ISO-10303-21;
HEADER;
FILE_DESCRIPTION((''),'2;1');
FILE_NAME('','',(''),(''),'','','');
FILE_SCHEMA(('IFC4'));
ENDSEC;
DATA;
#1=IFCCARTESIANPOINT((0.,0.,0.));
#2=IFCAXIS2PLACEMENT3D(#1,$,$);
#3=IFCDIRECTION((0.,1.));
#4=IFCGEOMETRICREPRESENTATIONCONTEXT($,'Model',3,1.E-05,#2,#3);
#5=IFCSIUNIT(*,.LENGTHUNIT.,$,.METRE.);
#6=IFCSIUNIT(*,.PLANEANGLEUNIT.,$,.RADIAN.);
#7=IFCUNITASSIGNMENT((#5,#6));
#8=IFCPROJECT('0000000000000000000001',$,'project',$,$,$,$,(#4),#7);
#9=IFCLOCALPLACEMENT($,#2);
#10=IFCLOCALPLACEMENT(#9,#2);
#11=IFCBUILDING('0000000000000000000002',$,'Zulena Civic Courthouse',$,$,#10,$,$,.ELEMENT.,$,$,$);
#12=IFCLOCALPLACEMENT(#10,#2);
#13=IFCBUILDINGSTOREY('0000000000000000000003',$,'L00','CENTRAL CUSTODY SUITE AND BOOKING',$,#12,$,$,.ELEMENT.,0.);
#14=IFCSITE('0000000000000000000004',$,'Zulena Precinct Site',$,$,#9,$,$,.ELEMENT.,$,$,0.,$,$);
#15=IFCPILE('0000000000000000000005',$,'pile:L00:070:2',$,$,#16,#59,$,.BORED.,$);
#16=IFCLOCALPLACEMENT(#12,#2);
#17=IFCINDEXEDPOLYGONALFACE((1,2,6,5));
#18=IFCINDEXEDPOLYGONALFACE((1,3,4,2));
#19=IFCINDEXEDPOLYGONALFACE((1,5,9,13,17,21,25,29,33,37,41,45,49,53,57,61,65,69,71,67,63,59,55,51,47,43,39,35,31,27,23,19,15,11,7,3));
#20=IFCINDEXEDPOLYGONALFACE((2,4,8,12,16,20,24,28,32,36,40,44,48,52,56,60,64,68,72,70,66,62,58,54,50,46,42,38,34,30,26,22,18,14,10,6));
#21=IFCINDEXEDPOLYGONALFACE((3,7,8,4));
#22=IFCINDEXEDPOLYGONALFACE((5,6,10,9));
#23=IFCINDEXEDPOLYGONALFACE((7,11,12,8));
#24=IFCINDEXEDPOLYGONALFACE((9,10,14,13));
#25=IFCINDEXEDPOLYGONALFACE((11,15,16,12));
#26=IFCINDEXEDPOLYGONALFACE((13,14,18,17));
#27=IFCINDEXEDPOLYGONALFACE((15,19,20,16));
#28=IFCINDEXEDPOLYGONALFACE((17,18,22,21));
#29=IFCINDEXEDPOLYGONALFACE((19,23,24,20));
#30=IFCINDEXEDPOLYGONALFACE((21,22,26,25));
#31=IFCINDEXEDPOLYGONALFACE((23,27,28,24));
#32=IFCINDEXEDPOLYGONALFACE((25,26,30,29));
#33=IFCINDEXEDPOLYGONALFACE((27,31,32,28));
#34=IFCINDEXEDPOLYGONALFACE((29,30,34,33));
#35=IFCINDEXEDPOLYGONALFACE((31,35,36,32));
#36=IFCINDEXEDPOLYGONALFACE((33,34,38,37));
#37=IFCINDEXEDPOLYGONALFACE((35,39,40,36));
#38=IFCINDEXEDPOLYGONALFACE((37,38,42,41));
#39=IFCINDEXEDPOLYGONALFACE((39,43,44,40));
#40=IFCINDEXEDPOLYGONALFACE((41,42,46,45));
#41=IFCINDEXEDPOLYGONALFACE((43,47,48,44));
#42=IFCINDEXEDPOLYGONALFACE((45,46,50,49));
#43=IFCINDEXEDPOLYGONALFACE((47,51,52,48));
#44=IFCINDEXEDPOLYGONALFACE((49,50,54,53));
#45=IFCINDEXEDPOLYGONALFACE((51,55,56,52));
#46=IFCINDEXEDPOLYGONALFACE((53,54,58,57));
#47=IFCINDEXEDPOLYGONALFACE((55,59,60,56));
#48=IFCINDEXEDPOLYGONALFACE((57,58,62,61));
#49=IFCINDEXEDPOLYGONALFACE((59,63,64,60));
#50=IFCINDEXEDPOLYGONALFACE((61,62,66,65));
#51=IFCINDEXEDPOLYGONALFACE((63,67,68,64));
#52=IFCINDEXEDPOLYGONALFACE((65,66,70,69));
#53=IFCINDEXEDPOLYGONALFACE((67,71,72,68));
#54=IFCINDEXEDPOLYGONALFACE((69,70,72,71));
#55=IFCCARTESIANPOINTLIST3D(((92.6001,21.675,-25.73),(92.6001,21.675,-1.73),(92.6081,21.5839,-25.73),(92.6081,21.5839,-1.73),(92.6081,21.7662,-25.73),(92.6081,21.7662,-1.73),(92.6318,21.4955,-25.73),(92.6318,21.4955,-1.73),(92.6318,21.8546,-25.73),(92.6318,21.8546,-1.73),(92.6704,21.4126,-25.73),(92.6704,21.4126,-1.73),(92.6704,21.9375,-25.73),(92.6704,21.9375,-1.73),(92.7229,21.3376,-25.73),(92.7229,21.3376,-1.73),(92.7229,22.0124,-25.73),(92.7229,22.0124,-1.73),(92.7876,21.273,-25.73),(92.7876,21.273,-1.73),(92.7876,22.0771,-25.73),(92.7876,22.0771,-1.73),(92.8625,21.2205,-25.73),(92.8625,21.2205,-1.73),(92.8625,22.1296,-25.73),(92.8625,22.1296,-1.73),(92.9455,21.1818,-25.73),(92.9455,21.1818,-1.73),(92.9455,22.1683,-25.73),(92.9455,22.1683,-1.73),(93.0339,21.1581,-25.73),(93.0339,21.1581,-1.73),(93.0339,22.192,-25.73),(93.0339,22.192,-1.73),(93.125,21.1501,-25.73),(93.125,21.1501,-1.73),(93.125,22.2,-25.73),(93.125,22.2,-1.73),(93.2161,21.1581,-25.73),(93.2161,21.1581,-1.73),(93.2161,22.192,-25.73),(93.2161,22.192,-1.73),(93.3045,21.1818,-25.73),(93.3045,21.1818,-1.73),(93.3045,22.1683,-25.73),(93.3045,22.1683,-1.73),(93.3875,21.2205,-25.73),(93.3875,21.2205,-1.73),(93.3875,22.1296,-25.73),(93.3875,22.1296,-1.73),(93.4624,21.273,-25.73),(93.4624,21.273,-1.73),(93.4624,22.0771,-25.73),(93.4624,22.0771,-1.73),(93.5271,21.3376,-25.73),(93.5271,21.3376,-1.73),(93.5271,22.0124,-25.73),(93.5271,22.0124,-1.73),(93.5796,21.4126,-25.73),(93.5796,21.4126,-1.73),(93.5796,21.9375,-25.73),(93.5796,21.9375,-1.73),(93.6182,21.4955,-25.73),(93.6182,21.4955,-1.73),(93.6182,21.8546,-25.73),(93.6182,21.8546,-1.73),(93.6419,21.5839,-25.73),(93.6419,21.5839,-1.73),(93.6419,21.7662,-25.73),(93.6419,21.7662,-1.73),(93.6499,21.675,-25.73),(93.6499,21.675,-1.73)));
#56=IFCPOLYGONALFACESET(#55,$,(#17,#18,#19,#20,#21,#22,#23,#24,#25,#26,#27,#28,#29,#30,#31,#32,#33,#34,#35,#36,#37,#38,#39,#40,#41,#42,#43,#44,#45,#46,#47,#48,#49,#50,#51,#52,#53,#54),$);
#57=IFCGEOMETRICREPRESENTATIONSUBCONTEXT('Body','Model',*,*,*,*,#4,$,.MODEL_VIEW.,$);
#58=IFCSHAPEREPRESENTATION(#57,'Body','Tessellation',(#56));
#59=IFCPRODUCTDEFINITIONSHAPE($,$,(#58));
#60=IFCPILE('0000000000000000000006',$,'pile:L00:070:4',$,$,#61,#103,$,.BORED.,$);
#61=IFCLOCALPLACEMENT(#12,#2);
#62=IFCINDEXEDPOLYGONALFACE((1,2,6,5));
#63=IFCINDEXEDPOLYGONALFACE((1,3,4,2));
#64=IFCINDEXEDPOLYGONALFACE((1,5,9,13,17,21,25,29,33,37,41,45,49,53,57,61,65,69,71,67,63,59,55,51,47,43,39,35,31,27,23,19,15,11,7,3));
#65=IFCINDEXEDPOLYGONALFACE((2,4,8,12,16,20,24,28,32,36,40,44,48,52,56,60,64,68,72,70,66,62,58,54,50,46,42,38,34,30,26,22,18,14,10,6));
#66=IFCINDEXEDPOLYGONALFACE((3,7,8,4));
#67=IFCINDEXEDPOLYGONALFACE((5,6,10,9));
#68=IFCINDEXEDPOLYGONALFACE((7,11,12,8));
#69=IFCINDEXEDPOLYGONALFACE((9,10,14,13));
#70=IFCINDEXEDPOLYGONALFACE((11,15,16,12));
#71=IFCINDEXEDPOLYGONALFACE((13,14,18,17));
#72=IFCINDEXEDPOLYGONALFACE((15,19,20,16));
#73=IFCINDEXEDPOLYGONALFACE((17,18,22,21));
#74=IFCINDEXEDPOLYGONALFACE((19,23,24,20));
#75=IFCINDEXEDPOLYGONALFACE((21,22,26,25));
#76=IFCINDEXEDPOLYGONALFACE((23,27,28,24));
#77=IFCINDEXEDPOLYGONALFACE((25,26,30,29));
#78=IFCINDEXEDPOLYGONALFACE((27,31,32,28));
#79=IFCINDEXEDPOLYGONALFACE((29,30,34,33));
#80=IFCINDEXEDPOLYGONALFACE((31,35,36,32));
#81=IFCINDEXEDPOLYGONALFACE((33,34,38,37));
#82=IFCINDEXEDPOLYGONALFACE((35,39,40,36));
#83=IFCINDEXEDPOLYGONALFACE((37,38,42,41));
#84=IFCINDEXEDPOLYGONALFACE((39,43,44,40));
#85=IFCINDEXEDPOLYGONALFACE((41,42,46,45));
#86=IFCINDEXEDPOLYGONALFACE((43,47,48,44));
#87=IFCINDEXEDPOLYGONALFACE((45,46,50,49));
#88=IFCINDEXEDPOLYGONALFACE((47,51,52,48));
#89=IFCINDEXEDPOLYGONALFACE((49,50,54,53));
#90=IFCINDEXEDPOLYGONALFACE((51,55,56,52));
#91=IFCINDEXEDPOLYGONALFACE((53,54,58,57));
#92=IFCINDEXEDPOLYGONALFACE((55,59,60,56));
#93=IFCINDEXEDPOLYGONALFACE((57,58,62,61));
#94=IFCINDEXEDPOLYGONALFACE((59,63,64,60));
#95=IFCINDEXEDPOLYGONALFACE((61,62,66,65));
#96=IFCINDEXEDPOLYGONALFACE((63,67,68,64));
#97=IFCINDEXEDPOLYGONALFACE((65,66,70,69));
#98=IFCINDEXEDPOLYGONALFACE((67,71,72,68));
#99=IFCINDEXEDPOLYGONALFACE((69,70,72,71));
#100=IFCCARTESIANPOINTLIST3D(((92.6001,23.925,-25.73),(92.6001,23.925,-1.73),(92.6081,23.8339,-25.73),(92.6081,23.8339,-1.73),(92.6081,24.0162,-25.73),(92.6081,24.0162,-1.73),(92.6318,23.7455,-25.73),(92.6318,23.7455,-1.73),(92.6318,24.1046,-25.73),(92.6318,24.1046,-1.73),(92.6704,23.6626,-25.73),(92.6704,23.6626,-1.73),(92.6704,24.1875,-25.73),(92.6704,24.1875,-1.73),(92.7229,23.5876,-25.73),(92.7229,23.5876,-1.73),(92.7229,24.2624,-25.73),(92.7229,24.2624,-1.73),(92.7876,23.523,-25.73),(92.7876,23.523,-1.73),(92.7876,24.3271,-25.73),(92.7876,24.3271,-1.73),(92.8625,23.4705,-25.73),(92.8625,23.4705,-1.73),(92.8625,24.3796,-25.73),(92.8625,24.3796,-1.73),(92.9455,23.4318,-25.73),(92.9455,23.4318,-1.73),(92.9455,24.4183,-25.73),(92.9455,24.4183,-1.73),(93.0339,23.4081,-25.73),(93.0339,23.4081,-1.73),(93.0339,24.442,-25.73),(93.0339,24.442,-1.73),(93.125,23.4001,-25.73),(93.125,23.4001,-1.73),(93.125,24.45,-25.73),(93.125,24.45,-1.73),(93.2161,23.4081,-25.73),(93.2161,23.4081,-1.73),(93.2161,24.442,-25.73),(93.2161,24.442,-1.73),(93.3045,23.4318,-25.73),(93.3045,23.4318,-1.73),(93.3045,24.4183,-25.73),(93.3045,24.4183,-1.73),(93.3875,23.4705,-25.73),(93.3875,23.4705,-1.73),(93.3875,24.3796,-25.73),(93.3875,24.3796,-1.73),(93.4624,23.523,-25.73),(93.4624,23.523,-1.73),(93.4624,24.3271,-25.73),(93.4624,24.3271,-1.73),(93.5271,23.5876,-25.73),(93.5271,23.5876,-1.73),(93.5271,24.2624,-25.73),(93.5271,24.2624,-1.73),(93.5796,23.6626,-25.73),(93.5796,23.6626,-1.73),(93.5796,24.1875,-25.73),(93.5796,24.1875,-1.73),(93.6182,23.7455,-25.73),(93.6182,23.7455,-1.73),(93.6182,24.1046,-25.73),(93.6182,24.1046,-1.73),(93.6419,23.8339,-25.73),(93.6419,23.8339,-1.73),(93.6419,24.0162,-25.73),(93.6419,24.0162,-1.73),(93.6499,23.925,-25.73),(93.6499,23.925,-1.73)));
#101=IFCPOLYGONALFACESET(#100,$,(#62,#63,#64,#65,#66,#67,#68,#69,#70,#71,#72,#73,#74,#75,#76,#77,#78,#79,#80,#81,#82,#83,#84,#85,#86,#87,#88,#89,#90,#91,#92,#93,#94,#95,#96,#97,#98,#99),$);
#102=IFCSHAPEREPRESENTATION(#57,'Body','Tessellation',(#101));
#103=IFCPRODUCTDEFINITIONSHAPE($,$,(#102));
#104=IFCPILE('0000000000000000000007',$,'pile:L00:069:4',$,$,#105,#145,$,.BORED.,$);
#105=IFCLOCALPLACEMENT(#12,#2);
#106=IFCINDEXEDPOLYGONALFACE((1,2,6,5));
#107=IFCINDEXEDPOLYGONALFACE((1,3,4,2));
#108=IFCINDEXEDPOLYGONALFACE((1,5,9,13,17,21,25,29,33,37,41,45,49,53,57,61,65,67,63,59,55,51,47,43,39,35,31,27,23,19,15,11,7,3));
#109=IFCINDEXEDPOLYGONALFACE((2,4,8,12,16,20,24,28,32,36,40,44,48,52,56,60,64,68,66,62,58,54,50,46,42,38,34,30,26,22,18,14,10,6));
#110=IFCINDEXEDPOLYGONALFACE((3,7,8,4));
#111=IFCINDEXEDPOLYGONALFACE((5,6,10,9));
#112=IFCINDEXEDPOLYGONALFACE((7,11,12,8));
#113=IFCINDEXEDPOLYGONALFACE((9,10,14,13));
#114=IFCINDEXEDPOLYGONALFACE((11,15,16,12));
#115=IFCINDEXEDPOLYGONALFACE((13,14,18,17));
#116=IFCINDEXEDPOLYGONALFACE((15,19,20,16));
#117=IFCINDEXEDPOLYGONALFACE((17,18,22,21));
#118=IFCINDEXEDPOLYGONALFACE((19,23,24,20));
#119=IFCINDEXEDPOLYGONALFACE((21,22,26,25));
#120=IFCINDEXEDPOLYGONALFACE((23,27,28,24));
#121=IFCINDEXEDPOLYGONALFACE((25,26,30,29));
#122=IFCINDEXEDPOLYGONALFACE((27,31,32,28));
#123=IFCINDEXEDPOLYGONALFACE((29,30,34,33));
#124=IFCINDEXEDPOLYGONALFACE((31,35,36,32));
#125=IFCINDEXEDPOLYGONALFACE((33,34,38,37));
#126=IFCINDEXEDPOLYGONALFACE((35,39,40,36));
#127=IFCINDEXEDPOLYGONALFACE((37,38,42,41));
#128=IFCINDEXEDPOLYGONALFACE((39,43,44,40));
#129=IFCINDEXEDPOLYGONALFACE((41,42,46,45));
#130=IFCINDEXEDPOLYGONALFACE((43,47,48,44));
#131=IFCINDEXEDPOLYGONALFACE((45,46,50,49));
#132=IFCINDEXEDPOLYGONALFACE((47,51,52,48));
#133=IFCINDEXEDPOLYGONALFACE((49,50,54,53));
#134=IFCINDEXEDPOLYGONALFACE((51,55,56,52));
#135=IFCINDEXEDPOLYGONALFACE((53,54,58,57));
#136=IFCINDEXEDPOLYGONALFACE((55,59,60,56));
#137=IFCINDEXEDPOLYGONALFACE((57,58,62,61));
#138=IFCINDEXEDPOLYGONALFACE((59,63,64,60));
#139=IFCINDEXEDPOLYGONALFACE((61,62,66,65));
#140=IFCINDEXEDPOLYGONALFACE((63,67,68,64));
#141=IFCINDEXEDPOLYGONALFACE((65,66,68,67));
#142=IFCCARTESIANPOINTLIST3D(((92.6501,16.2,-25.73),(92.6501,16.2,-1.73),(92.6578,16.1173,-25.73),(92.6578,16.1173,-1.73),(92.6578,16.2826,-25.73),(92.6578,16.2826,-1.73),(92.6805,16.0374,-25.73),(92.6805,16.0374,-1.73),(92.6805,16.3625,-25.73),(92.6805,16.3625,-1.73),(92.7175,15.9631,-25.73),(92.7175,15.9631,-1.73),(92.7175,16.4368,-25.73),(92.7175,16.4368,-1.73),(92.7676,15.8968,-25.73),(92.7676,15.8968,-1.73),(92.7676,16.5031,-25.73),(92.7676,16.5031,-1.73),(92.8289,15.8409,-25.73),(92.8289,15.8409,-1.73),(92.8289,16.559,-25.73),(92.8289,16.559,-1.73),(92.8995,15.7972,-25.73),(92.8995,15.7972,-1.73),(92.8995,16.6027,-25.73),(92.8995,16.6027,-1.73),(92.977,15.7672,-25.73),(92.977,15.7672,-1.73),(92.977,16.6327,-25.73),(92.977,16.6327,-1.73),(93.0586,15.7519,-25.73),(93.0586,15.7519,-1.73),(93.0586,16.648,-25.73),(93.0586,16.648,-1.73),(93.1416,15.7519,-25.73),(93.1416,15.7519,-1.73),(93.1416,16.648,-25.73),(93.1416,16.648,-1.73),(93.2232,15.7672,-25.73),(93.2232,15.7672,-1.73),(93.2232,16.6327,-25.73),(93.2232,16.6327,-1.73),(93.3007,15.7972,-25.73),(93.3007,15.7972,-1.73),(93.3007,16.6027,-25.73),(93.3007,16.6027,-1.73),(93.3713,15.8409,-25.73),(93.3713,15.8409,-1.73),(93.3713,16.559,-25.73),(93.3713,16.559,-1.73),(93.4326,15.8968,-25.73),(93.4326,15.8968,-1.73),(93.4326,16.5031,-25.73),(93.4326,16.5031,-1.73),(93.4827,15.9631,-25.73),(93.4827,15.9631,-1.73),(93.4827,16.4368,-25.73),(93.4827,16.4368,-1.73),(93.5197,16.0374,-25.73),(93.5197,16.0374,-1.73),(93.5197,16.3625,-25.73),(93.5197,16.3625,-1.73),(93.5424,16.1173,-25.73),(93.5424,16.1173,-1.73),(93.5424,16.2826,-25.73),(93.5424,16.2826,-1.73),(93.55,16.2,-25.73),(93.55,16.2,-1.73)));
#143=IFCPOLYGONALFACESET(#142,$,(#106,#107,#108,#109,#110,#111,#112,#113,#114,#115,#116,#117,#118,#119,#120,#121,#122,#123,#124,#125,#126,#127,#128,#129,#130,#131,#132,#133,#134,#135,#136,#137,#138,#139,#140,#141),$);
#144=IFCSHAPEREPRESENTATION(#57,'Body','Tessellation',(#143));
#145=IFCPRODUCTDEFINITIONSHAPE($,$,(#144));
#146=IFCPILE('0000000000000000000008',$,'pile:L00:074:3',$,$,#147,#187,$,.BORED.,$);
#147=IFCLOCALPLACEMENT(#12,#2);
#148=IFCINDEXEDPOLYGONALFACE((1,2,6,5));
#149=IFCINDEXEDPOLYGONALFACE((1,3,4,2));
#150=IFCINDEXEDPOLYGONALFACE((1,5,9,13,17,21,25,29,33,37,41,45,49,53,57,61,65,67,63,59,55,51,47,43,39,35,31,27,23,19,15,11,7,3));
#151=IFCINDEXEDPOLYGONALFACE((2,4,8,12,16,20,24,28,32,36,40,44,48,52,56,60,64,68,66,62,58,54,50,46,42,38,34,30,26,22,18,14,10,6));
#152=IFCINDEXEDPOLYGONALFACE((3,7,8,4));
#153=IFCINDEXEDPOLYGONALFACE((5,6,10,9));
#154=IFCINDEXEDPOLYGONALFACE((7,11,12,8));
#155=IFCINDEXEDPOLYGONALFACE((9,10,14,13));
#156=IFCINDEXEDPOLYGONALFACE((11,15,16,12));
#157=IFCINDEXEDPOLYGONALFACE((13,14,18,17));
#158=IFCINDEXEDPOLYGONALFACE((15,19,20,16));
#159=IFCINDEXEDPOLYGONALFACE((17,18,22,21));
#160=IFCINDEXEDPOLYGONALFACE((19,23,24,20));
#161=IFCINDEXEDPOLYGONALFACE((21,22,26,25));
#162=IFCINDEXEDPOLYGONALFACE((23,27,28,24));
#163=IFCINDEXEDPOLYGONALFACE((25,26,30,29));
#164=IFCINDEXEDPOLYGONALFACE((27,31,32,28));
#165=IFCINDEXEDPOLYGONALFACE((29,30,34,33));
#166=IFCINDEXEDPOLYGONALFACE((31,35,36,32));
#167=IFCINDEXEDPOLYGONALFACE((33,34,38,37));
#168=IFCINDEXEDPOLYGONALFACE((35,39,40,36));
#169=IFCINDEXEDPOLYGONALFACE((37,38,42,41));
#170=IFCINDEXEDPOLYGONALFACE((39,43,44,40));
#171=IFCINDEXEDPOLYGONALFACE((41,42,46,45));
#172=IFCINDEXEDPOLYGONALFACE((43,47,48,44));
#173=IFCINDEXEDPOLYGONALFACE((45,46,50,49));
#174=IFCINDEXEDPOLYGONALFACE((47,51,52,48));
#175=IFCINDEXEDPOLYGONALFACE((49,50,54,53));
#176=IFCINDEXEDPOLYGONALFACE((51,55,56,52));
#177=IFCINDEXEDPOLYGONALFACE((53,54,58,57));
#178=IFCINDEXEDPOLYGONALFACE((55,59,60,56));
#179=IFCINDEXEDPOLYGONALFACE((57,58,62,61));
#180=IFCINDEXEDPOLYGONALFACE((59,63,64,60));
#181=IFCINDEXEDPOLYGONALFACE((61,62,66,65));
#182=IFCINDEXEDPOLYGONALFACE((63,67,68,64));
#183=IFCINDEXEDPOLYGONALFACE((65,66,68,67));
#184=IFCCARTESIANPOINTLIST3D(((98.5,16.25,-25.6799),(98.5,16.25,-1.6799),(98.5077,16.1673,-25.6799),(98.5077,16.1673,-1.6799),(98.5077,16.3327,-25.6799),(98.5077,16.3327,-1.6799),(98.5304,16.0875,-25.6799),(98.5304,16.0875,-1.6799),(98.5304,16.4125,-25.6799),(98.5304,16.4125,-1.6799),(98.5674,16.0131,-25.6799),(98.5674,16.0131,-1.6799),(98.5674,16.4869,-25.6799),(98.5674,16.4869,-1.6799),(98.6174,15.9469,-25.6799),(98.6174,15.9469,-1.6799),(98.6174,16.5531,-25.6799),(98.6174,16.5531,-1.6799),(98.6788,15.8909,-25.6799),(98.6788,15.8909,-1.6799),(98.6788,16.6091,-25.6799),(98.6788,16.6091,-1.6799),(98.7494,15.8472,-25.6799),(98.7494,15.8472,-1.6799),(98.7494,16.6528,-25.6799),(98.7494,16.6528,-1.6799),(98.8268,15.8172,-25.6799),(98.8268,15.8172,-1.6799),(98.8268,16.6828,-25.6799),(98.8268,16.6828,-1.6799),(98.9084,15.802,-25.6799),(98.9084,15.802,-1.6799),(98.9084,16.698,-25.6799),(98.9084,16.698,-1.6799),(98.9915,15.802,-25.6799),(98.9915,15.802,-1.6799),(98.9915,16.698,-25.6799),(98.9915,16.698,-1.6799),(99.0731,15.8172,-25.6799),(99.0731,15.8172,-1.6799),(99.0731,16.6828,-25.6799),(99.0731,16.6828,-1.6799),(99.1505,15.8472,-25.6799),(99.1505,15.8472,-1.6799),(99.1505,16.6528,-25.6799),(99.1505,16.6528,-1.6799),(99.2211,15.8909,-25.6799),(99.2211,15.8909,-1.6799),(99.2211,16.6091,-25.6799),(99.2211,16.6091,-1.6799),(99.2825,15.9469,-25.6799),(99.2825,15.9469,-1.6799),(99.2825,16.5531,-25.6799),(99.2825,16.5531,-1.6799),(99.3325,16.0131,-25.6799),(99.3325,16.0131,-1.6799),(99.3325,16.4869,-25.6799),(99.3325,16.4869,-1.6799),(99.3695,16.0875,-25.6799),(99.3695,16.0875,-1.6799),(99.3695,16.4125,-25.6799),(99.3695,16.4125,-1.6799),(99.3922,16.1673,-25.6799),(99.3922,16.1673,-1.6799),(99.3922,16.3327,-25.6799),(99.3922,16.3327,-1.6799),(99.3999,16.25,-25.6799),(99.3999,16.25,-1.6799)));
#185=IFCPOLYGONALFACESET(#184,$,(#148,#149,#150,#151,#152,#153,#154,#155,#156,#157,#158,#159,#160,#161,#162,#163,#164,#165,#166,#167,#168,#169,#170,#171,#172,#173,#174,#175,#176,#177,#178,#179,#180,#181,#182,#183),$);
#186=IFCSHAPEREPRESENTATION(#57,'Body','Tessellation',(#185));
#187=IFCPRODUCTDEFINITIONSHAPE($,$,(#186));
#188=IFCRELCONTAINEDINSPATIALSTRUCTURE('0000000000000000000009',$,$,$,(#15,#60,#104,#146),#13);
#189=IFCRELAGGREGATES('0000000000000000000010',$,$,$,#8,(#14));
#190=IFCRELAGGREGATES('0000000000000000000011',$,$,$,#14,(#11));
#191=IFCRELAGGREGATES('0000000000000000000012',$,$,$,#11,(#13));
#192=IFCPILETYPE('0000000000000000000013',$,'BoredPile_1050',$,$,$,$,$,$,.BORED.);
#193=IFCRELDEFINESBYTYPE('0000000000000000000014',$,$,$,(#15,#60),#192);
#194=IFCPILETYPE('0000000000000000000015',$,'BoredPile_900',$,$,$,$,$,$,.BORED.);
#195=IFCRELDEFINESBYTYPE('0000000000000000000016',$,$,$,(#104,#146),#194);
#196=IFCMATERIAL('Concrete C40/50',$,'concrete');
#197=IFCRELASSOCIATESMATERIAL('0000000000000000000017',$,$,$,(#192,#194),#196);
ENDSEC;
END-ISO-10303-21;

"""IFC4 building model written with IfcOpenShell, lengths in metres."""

from ifc_helpers import new_model, si_unit, direction, frame, origin, origin_2d, place, context, subcontext, project, spatial, circle, extrude, material, material_profile, profile_set, type_object, element, save


model = new_model("IFC4")

# Units and contexts
model_context = context("Model", 3, precision=1e-05, world=origin(), true_north=direction((0.0, 1.0)))
body_context = subcontext(model_context, "Body", "Model", "MODEL_VIEW")
ifc_project = project(units=[si_unit("LENGTHUNIT", "METRE"), si_unit("PLANEANGLEUNIT", "RADIAN")], contexts=[model_context])

# Site, building, storey
site_placement = place(None, origin())
site = spatial("IfcSite", under=ifc_project, at=site_placement, Name="Zulena Precinct Site", CompositionType="ELEMENT", RefElevation=0.0)
building_placement = place(site_placement, origin())
building = spatial("IfcBuilding", under=site, at=building_placement, Name="Zulena Civic Courthouse", CompositionType="ELEMENT")
storey_placement = place(building_placement, origin())
storey = spatial("IfcBuildingStorey", under=building, at=storey_placement, Name="L00", Description="CENTRAL CUSTODY SUITE AND BOOKING", CompositionType="ELEMENT", Elevation=0.0)

# Piles
ifc_material_1 = material(Name="Concrete C40/50", Category="concrete")
ifc_material_profile_1 = material_profile(ifc_material_1, circle(Radius=0.5249, at=origin_2d()), Name="PILE1050")
ifc_profile_set_1 = profile_set([ifc_material_profile_1], Name="Concrete C40/50")
pile_type_1 = type_object("IfcPileType", Name="BoredPile_1050", PredefinedType="BORED", material=ifc_profile_set_1)
for number, where, z_axis, x_axis, name in (
    (1, (93.125, 21.675, -1.73), (0.0, 0.0, -1.0), (1.0, 0.0, 0.0), "pile:L00:070:2"),
    (2, (93.125, 23.925, -1.73), (0.0, 0.0, -1.0), (1.0, 0.0, 0.0), "pile:L00:070:4"),
):
    element("IfcPile", number, at=place(storey_placement, frame(where, z_axis=z_axis, x_axis=x_axis)), inside=storey, type_object=pile_type_1, Name=name, PredefinedType="BORED", context=body_context, shape_type="SweptSolid", body=[
        extrude(circle(Radius=0.5249, at=origin_2d()), origin(), (0.0, 0.0, 1.0), 24.0),
    ])
ifc_material_profile_2 = material_profile(ifc_material_1, circle(Radius=0.45, at=origin_2d()), Name="PILE900")
ifc_profile_set_2 = profile_set([ifc_material_profile_2], Name="Concrete C40/50")
pile_type_2 = type_object("IfcPileType", Name="BoredPile_900", PredefinedType="BORED", material=ifc_profile_set_2)
for number, where, z_axis, x_axis, name in (
    (3, (93.1001, 16.2, -1.73), (0.0, 0.0, -1.0), (1.0, 0.0, 0.0), "pile:L00:069:4"),
    (4, (98.95, 16.25, -1.6799), (0.0, 0.0, -1.0), (1.0, 0.0, 0.0), "pile:L00:074:3"),
):
    element("IfcPile", number, at=place(storey_placement, frame(where, z_axis=z_axis, x_axis=x_axis)), inside=storey, type_object=pile_type_2, Name=name, PredefinedType="BORED", context=body_context, shape_type="SweptSolid", body=[
        extrude(circle(Radius=0.45, at=origin_2d()), origin(), (0.0, 0.0, 1.0), 24.0),
    ])

save(model, "model.ifc")
